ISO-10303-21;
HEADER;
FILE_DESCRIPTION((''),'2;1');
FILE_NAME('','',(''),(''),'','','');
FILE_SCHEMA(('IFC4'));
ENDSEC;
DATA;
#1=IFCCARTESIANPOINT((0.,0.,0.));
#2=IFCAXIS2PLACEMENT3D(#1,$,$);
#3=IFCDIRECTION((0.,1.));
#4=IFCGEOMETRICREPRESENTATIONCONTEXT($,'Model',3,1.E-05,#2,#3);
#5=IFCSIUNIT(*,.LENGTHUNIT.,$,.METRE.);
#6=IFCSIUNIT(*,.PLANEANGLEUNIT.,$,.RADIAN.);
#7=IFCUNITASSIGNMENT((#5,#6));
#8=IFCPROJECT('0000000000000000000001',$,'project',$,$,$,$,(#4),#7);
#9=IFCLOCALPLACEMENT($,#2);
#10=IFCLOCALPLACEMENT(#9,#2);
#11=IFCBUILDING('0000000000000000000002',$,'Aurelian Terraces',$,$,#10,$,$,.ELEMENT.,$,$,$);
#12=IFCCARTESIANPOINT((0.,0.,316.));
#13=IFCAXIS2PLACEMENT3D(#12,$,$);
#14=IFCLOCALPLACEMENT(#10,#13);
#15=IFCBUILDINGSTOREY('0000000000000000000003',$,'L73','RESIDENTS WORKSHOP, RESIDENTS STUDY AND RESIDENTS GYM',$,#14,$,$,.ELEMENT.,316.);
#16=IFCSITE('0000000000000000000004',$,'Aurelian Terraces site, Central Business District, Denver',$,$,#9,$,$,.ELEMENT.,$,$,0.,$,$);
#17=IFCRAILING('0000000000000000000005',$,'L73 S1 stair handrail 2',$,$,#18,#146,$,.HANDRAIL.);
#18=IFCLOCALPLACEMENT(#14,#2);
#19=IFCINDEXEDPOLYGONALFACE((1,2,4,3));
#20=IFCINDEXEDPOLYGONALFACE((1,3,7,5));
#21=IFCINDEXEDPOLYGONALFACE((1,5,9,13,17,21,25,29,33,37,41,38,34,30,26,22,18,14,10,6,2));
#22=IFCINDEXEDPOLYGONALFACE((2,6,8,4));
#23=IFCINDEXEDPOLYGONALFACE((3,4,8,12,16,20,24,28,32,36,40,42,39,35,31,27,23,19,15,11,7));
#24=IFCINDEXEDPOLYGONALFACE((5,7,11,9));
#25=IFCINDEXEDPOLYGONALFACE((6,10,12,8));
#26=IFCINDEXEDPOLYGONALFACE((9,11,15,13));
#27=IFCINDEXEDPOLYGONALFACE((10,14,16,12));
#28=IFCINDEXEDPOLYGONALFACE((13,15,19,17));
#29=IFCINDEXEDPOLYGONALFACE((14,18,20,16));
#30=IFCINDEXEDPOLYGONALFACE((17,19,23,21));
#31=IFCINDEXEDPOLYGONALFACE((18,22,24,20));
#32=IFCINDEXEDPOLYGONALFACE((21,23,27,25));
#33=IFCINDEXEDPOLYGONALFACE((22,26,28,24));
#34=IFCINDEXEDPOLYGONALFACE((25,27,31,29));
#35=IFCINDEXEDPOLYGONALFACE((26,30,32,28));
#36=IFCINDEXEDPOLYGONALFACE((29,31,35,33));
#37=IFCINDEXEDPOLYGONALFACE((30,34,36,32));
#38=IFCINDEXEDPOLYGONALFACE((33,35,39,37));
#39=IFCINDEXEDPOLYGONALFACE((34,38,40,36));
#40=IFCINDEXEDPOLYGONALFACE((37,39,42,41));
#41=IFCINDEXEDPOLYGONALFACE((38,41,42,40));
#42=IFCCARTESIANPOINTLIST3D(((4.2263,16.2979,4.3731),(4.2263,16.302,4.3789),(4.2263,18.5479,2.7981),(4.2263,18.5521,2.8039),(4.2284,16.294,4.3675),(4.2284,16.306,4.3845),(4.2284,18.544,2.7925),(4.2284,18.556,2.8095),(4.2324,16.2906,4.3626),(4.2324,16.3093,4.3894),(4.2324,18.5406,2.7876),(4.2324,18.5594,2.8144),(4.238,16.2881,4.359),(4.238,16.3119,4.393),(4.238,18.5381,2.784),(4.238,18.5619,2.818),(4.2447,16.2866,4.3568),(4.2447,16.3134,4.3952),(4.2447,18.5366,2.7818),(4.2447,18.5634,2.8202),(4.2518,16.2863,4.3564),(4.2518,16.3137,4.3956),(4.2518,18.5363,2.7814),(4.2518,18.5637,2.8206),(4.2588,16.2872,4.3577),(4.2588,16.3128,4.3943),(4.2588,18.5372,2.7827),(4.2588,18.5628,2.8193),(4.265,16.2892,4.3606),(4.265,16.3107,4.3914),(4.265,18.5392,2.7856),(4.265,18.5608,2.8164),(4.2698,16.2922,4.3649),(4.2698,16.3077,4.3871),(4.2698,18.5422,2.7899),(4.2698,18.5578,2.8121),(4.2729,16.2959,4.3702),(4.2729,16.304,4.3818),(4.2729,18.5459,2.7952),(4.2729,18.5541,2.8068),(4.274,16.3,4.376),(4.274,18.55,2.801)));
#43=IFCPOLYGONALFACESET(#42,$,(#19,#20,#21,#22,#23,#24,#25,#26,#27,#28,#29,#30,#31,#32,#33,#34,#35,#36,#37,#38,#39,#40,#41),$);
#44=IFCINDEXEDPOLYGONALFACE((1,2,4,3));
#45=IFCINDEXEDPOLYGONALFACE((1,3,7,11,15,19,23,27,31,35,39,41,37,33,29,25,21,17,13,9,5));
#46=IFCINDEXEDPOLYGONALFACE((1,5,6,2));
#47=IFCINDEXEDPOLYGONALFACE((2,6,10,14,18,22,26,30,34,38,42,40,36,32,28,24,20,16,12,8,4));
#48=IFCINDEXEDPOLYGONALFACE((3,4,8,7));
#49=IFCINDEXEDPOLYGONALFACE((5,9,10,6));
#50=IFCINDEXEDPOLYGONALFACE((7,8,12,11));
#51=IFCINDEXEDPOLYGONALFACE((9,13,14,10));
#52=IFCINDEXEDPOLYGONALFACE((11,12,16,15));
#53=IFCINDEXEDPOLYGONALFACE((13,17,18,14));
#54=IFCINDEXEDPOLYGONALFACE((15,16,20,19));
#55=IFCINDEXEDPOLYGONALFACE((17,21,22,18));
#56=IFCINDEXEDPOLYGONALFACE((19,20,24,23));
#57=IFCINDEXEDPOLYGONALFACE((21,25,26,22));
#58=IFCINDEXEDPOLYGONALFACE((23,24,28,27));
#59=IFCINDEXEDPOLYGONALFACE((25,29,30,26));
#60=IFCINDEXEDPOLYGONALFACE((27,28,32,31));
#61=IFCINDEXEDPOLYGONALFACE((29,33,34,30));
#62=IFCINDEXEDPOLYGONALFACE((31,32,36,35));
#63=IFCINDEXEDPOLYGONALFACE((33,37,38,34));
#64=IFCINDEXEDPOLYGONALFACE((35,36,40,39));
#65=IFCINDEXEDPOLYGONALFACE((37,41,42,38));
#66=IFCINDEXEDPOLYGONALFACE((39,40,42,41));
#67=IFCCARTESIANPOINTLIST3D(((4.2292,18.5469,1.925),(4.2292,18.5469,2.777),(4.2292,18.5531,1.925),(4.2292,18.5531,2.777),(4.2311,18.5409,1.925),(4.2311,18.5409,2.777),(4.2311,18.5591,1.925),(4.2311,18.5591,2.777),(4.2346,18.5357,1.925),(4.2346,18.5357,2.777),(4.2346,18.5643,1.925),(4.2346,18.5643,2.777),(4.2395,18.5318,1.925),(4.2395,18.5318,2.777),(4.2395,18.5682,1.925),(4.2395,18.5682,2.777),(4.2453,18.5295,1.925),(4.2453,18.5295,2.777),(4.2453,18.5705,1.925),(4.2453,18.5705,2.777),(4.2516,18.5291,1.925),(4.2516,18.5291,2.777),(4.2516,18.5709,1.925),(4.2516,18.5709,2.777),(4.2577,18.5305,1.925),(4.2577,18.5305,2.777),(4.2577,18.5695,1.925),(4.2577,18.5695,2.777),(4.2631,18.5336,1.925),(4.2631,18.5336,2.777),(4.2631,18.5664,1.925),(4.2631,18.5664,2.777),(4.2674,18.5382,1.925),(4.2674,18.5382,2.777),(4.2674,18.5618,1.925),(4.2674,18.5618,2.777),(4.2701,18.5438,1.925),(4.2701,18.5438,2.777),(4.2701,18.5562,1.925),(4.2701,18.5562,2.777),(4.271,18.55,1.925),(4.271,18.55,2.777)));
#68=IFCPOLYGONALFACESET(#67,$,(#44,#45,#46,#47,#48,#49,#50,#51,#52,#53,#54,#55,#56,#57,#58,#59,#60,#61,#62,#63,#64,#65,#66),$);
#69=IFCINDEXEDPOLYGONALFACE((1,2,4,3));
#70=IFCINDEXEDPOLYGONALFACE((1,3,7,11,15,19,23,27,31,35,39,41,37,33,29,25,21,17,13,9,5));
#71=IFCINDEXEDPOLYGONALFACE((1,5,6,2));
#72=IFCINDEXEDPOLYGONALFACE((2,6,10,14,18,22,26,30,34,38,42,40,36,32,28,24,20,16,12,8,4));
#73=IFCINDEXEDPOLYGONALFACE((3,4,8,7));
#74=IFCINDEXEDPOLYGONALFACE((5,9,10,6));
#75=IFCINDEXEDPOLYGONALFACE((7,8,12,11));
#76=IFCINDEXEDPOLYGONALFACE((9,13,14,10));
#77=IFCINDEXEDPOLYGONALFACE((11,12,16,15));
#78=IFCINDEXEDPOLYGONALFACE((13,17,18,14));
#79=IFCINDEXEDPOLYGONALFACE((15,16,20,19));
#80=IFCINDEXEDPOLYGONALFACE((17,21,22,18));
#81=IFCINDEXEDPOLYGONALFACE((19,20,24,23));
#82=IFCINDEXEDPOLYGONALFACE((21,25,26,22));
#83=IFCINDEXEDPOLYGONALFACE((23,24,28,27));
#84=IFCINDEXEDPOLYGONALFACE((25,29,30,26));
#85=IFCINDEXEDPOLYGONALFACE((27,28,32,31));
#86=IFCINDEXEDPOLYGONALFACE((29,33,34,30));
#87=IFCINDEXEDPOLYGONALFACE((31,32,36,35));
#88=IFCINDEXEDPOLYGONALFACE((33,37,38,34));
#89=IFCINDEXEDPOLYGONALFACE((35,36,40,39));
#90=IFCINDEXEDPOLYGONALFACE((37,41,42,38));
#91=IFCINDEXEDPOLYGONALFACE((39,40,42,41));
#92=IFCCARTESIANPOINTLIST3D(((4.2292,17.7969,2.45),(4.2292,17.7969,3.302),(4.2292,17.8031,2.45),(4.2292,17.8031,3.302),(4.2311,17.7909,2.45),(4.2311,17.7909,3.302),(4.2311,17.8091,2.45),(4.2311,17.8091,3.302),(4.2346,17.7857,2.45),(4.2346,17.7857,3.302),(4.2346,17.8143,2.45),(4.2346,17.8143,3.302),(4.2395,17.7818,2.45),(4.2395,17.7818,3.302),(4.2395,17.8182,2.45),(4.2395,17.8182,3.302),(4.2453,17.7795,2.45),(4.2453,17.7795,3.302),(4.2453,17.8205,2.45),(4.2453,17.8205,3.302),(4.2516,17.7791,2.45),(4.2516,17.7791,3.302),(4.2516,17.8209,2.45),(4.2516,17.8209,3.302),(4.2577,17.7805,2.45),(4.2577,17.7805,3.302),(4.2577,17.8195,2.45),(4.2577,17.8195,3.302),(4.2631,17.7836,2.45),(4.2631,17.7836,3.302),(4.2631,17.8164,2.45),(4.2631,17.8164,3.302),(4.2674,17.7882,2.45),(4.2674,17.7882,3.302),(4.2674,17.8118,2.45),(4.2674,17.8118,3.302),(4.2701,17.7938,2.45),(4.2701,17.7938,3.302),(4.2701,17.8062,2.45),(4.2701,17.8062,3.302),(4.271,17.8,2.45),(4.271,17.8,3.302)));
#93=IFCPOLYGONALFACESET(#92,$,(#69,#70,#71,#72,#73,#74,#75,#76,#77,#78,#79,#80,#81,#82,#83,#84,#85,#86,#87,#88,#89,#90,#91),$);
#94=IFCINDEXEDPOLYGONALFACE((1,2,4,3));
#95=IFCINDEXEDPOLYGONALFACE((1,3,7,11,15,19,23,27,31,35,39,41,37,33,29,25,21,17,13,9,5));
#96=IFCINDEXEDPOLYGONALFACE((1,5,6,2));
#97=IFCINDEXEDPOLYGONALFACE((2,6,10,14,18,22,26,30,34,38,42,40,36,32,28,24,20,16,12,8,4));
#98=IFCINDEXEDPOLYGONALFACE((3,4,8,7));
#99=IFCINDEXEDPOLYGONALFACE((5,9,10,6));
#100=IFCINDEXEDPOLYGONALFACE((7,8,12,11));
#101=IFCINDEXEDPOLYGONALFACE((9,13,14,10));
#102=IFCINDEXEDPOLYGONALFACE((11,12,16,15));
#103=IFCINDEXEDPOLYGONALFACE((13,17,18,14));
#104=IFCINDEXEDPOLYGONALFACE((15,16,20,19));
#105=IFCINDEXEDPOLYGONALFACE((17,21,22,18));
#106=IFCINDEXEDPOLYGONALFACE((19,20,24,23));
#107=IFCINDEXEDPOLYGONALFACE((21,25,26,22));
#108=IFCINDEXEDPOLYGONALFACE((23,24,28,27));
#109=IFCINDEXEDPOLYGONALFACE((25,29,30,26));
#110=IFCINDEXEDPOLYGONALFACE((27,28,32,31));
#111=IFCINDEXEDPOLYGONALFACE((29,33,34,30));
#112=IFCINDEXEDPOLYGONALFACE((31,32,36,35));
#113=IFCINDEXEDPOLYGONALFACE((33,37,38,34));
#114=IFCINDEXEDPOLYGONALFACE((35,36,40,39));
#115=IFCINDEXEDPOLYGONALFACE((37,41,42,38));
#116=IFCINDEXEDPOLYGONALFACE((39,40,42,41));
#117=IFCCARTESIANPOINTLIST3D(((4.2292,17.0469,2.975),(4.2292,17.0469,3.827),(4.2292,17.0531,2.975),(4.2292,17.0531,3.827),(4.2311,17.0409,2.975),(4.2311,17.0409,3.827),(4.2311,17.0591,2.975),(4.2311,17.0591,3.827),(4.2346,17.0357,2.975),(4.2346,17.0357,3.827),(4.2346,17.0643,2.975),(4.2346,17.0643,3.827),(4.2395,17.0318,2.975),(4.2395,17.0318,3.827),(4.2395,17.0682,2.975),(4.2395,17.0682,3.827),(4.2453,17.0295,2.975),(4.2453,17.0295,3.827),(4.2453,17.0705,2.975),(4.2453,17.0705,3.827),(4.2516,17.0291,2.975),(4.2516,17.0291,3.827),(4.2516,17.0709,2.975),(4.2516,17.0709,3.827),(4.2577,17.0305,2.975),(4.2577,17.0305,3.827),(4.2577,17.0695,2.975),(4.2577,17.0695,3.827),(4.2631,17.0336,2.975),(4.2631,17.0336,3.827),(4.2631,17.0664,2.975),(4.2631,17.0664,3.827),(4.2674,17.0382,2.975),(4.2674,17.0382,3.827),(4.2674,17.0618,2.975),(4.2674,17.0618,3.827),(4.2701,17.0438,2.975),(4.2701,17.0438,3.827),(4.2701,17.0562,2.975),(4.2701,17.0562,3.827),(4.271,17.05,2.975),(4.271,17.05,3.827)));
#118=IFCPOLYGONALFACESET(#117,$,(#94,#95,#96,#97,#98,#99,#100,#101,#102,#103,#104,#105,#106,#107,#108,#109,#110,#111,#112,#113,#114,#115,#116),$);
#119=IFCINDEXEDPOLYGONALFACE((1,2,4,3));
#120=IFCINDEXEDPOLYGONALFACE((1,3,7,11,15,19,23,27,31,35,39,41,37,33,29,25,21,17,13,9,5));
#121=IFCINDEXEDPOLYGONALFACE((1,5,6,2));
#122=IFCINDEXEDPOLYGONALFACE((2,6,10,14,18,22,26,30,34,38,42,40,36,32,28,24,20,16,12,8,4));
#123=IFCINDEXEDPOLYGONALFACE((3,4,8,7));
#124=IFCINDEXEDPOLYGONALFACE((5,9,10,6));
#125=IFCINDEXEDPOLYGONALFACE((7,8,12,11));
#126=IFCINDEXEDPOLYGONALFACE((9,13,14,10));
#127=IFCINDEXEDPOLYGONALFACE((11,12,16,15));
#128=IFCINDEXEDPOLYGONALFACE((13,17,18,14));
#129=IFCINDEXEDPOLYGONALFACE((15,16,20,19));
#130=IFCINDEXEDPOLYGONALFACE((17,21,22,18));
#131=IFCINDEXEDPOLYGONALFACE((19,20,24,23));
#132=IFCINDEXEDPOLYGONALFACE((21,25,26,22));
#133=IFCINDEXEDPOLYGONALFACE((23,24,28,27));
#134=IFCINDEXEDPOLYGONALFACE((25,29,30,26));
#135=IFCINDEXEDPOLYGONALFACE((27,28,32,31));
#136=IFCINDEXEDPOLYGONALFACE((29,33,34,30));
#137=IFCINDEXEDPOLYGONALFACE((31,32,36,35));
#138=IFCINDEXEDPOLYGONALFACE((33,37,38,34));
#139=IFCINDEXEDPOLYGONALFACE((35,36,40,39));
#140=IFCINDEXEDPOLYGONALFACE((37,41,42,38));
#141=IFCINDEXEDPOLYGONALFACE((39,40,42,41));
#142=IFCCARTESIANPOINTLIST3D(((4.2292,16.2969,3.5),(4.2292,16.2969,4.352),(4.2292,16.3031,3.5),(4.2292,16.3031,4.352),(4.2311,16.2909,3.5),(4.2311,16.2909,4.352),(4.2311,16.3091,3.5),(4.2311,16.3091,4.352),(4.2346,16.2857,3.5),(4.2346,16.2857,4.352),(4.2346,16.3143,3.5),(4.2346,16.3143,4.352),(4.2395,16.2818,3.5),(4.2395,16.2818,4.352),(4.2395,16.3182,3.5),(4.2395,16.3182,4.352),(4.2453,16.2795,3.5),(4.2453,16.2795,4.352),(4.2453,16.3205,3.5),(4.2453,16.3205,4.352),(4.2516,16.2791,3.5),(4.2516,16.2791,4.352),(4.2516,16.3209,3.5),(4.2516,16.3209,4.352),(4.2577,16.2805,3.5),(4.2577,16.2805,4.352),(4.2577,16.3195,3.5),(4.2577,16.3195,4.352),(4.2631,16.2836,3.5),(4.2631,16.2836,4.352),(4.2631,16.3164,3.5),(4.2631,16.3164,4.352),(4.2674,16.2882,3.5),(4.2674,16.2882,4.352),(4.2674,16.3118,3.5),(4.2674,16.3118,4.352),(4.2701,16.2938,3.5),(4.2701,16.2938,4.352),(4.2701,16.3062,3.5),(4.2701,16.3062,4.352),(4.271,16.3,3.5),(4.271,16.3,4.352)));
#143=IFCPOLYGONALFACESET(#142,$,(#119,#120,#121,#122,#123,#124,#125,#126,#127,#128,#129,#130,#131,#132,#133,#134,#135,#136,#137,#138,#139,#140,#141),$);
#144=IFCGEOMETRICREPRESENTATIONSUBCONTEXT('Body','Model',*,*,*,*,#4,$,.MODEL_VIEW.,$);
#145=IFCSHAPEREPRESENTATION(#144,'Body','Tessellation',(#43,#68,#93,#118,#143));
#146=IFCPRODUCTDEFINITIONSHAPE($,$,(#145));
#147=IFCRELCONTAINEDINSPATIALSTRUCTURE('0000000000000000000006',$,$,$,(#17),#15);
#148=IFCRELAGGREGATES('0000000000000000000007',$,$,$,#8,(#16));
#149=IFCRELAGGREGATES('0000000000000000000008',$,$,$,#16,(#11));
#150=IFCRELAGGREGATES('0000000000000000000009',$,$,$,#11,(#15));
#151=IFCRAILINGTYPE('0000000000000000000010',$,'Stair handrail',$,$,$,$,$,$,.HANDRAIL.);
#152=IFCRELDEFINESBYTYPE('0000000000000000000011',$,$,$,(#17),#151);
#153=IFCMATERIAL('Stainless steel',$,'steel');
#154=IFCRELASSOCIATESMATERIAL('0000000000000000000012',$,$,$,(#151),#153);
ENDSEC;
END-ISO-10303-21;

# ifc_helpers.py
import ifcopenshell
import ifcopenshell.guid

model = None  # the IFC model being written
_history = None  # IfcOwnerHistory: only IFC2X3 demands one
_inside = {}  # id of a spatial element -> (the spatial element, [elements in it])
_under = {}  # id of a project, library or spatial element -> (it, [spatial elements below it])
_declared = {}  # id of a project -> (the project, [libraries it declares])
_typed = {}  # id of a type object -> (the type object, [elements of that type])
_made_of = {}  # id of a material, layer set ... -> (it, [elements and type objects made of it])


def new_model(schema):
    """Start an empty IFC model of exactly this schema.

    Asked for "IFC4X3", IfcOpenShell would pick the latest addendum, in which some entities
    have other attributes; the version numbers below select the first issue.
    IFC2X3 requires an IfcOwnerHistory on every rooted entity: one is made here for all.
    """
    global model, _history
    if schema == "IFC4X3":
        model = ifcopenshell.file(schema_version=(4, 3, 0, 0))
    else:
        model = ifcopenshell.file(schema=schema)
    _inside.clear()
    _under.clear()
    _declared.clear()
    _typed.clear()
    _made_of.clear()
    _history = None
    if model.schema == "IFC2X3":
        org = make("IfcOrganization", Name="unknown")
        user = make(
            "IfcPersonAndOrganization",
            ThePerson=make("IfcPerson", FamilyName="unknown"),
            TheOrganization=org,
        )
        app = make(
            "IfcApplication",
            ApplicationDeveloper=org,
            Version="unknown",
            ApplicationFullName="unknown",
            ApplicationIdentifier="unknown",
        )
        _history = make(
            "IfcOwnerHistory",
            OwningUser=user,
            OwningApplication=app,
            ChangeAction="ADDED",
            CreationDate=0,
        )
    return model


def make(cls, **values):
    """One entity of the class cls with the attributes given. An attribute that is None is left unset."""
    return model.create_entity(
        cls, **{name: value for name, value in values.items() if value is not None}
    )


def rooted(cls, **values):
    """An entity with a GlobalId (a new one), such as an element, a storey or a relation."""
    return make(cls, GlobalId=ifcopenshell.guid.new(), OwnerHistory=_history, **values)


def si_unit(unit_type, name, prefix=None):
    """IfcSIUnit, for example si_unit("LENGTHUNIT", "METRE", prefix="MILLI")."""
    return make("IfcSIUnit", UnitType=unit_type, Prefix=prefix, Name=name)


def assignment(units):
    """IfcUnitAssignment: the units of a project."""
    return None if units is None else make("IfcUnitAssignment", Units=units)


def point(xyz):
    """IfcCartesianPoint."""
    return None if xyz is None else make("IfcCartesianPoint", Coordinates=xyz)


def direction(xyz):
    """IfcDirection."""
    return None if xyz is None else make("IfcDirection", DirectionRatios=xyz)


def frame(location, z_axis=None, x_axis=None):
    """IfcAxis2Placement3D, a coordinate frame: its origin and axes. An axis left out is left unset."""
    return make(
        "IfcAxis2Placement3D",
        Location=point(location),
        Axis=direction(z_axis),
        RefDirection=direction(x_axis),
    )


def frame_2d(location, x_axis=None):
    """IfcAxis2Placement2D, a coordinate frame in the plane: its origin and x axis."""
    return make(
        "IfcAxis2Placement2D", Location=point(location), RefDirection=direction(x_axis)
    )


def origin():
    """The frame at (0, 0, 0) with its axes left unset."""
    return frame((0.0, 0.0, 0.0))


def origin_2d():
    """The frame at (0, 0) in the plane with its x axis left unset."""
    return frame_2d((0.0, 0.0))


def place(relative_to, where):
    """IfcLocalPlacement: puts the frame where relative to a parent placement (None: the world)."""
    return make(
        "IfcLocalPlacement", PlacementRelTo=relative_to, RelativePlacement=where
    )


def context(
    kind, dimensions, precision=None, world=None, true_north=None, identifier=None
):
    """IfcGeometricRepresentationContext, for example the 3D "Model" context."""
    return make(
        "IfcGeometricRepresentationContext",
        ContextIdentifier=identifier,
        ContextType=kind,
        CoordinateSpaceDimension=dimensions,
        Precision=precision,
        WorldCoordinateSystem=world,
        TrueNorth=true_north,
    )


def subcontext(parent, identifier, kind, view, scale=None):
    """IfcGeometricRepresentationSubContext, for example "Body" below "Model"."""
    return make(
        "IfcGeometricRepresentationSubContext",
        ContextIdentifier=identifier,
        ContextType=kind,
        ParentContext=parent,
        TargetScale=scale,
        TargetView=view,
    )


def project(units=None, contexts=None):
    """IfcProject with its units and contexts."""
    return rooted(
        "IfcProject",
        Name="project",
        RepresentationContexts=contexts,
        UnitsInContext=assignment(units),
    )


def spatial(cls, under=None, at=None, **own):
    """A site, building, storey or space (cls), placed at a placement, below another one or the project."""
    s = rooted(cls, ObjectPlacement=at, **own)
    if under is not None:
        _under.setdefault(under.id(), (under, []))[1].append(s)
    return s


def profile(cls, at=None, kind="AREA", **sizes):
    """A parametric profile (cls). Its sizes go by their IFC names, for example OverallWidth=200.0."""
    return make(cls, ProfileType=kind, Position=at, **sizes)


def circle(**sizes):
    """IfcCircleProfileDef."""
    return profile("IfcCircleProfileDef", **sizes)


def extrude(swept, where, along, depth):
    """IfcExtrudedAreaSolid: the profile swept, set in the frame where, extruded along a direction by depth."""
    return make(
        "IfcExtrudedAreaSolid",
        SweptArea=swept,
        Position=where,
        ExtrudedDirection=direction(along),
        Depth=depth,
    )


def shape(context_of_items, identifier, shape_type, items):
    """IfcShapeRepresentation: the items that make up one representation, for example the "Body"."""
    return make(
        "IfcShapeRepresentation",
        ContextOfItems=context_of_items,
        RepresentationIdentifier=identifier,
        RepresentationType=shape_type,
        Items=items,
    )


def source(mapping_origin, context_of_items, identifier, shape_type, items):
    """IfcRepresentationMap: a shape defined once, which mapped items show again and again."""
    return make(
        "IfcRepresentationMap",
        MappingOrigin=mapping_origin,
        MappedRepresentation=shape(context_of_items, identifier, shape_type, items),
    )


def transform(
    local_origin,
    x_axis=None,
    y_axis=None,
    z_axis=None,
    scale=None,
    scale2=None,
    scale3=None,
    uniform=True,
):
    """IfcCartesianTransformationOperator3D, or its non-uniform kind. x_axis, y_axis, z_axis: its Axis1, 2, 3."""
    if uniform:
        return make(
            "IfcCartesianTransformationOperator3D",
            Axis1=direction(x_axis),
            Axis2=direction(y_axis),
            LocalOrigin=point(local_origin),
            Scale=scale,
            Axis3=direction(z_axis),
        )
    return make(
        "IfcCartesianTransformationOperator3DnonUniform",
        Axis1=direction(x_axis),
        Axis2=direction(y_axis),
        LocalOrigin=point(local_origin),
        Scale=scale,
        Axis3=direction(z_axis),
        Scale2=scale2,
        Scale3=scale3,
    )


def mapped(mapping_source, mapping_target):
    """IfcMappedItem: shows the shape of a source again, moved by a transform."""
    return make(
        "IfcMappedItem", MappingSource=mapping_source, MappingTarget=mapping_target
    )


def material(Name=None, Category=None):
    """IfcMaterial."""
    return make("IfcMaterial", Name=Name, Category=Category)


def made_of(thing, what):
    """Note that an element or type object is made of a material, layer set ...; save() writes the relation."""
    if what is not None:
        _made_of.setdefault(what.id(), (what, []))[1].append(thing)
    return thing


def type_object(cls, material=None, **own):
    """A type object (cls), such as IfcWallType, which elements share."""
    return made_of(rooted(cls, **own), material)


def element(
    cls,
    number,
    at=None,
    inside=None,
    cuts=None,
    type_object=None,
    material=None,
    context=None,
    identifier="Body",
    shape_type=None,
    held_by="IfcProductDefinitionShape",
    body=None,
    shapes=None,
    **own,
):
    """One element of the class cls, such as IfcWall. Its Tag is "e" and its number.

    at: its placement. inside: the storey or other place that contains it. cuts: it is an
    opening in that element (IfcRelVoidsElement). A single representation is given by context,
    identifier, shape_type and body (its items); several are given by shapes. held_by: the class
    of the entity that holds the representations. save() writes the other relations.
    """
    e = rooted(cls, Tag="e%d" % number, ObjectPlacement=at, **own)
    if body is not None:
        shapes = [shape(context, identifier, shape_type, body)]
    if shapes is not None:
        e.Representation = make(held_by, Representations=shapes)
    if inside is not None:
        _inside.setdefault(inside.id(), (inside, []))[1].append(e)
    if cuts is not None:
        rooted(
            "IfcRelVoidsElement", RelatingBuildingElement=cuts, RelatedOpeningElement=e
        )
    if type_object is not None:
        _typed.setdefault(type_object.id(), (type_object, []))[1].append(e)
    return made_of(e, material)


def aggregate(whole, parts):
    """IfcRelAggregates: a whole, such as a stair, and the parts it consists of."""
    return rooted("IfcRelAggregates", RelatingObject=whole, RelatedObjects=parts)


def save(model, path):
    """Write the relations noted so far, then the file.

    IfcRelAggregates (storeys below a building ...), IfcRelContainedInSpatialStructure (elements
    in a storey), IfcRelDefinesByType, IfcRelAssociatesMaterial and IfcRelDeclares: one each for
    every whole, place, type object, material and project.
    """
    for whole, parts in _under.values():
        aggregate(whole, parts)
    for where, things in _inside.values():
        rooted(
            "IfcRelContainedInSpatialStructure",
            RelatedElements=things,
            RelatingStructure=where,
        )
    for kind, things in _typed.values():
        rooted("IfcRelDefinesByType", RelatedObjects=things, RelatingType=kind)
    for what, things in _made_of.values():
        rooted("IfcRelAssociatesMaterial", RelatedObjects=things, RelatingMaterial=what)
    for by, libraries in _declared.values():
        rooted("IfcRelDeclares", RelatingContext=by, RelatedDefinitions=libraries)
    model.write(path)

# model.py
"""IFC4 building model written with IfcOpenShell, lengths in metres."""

from ifc_helpers import new_model, si_unit, direction, frame, origin, origin_2d, place, context, subcontext, project, spatial, circle, extrude, source, transform, mapped, material, type_object, element, save


model = new_model("IFC4")

# Units and contexts
model_context = context("Model", 3, precision=1e-05, world=origin(), true_north=direction((0.0, 1.0)))
body_context = subcontext(model_context, "Body", "Model", "MODEL_VIEW")
ifc_project = project(units=[si_unit("LENGTHUNIT", "METRE"), si_unit("PLANEANGLEUNIT", "RADIAN")], contexts=[model_context])

# Site, building, storey
site_placement = place(None, origin())
site = spatial("IfcSite", under=ifc_project, at=site_placement, Name="Aurelian Terraces site, Central Business District, Denver", CompositionType="ELEMENT", RefElevation=0.0)
building_placement = place(site_placement, origin())
building = spatial("IfcBuilding", under=site, at=building_placement, Name="Aurelian Terraces", CompositionType="ELEMENT")
storey_placement = place(building_placement, frame((0.0, 0.0, 316.0)))
storey = spatial("IfcBuildingStorey", under=building, at=storey_placement, Name="L73", Description="RESIDENTS WORKSHOP, RESIDENTS STUDY AND RESIDENTS GYM", CompositionType="ELEMENT", Elevation=316.0)

# Railing
ifc_material_1 = material(Name="Stainless steel", Category="steel")
railing_type_1 = type_object("IfcRailingType", Name="Stair handrail", PredefinedType="HANDRAIL", material=ifc_material_1)
shared_shape_1 = source(origin(), body_context, "Body", "SweptSolid", [
    extrude(circle(Radius=0.024, at=origin_2d()), frame((0.0, 0.0, 0.876), z_axis=(0.0, -0.819232, 0.573462), x_axis=(1.0, 0.0, 0.0)), (0.0, 0.0, 1.0), 2.7465),
    extrude(circle(Radius=0.021, at=origin_2d()), origin(), (0.0, 0.0, 1.0), 0.852),
    extrude(circle(Radius=0.021, at=origin_2d()), frame((0.0, -0.75, 0.525)), (0.0, 0.0, 1.0), 0.852),
    extrude(circle(Radius=0.021, at=origin_2d()), frame((0.0, -1.5, 1.05)), (0.0, 0.0, 1.0), 0.852),
    extrude(circle(Radius=0.021, at=origin_2d()), frame((0.0, -2.25, 1.575)), (0.0, 0.0, 1.0), 0.852),
])
railing_1_placement = place(storey_placement, frame((4.25, 18.55, 1.925)))
element("IfcRailing", 1, at=railing_1_placement, inside=storey, type_object=railing_type_1, Name="L73 S1 stair handrail 2", PredefinedType="HANDRAIL", context=body_context, shape_type="MappedRepresentation", body=[
    mapped(shared_shape_1, transform((0.0, 0.0, 0.0), scale=1.0)),
])

save(model, "model.ifc")
